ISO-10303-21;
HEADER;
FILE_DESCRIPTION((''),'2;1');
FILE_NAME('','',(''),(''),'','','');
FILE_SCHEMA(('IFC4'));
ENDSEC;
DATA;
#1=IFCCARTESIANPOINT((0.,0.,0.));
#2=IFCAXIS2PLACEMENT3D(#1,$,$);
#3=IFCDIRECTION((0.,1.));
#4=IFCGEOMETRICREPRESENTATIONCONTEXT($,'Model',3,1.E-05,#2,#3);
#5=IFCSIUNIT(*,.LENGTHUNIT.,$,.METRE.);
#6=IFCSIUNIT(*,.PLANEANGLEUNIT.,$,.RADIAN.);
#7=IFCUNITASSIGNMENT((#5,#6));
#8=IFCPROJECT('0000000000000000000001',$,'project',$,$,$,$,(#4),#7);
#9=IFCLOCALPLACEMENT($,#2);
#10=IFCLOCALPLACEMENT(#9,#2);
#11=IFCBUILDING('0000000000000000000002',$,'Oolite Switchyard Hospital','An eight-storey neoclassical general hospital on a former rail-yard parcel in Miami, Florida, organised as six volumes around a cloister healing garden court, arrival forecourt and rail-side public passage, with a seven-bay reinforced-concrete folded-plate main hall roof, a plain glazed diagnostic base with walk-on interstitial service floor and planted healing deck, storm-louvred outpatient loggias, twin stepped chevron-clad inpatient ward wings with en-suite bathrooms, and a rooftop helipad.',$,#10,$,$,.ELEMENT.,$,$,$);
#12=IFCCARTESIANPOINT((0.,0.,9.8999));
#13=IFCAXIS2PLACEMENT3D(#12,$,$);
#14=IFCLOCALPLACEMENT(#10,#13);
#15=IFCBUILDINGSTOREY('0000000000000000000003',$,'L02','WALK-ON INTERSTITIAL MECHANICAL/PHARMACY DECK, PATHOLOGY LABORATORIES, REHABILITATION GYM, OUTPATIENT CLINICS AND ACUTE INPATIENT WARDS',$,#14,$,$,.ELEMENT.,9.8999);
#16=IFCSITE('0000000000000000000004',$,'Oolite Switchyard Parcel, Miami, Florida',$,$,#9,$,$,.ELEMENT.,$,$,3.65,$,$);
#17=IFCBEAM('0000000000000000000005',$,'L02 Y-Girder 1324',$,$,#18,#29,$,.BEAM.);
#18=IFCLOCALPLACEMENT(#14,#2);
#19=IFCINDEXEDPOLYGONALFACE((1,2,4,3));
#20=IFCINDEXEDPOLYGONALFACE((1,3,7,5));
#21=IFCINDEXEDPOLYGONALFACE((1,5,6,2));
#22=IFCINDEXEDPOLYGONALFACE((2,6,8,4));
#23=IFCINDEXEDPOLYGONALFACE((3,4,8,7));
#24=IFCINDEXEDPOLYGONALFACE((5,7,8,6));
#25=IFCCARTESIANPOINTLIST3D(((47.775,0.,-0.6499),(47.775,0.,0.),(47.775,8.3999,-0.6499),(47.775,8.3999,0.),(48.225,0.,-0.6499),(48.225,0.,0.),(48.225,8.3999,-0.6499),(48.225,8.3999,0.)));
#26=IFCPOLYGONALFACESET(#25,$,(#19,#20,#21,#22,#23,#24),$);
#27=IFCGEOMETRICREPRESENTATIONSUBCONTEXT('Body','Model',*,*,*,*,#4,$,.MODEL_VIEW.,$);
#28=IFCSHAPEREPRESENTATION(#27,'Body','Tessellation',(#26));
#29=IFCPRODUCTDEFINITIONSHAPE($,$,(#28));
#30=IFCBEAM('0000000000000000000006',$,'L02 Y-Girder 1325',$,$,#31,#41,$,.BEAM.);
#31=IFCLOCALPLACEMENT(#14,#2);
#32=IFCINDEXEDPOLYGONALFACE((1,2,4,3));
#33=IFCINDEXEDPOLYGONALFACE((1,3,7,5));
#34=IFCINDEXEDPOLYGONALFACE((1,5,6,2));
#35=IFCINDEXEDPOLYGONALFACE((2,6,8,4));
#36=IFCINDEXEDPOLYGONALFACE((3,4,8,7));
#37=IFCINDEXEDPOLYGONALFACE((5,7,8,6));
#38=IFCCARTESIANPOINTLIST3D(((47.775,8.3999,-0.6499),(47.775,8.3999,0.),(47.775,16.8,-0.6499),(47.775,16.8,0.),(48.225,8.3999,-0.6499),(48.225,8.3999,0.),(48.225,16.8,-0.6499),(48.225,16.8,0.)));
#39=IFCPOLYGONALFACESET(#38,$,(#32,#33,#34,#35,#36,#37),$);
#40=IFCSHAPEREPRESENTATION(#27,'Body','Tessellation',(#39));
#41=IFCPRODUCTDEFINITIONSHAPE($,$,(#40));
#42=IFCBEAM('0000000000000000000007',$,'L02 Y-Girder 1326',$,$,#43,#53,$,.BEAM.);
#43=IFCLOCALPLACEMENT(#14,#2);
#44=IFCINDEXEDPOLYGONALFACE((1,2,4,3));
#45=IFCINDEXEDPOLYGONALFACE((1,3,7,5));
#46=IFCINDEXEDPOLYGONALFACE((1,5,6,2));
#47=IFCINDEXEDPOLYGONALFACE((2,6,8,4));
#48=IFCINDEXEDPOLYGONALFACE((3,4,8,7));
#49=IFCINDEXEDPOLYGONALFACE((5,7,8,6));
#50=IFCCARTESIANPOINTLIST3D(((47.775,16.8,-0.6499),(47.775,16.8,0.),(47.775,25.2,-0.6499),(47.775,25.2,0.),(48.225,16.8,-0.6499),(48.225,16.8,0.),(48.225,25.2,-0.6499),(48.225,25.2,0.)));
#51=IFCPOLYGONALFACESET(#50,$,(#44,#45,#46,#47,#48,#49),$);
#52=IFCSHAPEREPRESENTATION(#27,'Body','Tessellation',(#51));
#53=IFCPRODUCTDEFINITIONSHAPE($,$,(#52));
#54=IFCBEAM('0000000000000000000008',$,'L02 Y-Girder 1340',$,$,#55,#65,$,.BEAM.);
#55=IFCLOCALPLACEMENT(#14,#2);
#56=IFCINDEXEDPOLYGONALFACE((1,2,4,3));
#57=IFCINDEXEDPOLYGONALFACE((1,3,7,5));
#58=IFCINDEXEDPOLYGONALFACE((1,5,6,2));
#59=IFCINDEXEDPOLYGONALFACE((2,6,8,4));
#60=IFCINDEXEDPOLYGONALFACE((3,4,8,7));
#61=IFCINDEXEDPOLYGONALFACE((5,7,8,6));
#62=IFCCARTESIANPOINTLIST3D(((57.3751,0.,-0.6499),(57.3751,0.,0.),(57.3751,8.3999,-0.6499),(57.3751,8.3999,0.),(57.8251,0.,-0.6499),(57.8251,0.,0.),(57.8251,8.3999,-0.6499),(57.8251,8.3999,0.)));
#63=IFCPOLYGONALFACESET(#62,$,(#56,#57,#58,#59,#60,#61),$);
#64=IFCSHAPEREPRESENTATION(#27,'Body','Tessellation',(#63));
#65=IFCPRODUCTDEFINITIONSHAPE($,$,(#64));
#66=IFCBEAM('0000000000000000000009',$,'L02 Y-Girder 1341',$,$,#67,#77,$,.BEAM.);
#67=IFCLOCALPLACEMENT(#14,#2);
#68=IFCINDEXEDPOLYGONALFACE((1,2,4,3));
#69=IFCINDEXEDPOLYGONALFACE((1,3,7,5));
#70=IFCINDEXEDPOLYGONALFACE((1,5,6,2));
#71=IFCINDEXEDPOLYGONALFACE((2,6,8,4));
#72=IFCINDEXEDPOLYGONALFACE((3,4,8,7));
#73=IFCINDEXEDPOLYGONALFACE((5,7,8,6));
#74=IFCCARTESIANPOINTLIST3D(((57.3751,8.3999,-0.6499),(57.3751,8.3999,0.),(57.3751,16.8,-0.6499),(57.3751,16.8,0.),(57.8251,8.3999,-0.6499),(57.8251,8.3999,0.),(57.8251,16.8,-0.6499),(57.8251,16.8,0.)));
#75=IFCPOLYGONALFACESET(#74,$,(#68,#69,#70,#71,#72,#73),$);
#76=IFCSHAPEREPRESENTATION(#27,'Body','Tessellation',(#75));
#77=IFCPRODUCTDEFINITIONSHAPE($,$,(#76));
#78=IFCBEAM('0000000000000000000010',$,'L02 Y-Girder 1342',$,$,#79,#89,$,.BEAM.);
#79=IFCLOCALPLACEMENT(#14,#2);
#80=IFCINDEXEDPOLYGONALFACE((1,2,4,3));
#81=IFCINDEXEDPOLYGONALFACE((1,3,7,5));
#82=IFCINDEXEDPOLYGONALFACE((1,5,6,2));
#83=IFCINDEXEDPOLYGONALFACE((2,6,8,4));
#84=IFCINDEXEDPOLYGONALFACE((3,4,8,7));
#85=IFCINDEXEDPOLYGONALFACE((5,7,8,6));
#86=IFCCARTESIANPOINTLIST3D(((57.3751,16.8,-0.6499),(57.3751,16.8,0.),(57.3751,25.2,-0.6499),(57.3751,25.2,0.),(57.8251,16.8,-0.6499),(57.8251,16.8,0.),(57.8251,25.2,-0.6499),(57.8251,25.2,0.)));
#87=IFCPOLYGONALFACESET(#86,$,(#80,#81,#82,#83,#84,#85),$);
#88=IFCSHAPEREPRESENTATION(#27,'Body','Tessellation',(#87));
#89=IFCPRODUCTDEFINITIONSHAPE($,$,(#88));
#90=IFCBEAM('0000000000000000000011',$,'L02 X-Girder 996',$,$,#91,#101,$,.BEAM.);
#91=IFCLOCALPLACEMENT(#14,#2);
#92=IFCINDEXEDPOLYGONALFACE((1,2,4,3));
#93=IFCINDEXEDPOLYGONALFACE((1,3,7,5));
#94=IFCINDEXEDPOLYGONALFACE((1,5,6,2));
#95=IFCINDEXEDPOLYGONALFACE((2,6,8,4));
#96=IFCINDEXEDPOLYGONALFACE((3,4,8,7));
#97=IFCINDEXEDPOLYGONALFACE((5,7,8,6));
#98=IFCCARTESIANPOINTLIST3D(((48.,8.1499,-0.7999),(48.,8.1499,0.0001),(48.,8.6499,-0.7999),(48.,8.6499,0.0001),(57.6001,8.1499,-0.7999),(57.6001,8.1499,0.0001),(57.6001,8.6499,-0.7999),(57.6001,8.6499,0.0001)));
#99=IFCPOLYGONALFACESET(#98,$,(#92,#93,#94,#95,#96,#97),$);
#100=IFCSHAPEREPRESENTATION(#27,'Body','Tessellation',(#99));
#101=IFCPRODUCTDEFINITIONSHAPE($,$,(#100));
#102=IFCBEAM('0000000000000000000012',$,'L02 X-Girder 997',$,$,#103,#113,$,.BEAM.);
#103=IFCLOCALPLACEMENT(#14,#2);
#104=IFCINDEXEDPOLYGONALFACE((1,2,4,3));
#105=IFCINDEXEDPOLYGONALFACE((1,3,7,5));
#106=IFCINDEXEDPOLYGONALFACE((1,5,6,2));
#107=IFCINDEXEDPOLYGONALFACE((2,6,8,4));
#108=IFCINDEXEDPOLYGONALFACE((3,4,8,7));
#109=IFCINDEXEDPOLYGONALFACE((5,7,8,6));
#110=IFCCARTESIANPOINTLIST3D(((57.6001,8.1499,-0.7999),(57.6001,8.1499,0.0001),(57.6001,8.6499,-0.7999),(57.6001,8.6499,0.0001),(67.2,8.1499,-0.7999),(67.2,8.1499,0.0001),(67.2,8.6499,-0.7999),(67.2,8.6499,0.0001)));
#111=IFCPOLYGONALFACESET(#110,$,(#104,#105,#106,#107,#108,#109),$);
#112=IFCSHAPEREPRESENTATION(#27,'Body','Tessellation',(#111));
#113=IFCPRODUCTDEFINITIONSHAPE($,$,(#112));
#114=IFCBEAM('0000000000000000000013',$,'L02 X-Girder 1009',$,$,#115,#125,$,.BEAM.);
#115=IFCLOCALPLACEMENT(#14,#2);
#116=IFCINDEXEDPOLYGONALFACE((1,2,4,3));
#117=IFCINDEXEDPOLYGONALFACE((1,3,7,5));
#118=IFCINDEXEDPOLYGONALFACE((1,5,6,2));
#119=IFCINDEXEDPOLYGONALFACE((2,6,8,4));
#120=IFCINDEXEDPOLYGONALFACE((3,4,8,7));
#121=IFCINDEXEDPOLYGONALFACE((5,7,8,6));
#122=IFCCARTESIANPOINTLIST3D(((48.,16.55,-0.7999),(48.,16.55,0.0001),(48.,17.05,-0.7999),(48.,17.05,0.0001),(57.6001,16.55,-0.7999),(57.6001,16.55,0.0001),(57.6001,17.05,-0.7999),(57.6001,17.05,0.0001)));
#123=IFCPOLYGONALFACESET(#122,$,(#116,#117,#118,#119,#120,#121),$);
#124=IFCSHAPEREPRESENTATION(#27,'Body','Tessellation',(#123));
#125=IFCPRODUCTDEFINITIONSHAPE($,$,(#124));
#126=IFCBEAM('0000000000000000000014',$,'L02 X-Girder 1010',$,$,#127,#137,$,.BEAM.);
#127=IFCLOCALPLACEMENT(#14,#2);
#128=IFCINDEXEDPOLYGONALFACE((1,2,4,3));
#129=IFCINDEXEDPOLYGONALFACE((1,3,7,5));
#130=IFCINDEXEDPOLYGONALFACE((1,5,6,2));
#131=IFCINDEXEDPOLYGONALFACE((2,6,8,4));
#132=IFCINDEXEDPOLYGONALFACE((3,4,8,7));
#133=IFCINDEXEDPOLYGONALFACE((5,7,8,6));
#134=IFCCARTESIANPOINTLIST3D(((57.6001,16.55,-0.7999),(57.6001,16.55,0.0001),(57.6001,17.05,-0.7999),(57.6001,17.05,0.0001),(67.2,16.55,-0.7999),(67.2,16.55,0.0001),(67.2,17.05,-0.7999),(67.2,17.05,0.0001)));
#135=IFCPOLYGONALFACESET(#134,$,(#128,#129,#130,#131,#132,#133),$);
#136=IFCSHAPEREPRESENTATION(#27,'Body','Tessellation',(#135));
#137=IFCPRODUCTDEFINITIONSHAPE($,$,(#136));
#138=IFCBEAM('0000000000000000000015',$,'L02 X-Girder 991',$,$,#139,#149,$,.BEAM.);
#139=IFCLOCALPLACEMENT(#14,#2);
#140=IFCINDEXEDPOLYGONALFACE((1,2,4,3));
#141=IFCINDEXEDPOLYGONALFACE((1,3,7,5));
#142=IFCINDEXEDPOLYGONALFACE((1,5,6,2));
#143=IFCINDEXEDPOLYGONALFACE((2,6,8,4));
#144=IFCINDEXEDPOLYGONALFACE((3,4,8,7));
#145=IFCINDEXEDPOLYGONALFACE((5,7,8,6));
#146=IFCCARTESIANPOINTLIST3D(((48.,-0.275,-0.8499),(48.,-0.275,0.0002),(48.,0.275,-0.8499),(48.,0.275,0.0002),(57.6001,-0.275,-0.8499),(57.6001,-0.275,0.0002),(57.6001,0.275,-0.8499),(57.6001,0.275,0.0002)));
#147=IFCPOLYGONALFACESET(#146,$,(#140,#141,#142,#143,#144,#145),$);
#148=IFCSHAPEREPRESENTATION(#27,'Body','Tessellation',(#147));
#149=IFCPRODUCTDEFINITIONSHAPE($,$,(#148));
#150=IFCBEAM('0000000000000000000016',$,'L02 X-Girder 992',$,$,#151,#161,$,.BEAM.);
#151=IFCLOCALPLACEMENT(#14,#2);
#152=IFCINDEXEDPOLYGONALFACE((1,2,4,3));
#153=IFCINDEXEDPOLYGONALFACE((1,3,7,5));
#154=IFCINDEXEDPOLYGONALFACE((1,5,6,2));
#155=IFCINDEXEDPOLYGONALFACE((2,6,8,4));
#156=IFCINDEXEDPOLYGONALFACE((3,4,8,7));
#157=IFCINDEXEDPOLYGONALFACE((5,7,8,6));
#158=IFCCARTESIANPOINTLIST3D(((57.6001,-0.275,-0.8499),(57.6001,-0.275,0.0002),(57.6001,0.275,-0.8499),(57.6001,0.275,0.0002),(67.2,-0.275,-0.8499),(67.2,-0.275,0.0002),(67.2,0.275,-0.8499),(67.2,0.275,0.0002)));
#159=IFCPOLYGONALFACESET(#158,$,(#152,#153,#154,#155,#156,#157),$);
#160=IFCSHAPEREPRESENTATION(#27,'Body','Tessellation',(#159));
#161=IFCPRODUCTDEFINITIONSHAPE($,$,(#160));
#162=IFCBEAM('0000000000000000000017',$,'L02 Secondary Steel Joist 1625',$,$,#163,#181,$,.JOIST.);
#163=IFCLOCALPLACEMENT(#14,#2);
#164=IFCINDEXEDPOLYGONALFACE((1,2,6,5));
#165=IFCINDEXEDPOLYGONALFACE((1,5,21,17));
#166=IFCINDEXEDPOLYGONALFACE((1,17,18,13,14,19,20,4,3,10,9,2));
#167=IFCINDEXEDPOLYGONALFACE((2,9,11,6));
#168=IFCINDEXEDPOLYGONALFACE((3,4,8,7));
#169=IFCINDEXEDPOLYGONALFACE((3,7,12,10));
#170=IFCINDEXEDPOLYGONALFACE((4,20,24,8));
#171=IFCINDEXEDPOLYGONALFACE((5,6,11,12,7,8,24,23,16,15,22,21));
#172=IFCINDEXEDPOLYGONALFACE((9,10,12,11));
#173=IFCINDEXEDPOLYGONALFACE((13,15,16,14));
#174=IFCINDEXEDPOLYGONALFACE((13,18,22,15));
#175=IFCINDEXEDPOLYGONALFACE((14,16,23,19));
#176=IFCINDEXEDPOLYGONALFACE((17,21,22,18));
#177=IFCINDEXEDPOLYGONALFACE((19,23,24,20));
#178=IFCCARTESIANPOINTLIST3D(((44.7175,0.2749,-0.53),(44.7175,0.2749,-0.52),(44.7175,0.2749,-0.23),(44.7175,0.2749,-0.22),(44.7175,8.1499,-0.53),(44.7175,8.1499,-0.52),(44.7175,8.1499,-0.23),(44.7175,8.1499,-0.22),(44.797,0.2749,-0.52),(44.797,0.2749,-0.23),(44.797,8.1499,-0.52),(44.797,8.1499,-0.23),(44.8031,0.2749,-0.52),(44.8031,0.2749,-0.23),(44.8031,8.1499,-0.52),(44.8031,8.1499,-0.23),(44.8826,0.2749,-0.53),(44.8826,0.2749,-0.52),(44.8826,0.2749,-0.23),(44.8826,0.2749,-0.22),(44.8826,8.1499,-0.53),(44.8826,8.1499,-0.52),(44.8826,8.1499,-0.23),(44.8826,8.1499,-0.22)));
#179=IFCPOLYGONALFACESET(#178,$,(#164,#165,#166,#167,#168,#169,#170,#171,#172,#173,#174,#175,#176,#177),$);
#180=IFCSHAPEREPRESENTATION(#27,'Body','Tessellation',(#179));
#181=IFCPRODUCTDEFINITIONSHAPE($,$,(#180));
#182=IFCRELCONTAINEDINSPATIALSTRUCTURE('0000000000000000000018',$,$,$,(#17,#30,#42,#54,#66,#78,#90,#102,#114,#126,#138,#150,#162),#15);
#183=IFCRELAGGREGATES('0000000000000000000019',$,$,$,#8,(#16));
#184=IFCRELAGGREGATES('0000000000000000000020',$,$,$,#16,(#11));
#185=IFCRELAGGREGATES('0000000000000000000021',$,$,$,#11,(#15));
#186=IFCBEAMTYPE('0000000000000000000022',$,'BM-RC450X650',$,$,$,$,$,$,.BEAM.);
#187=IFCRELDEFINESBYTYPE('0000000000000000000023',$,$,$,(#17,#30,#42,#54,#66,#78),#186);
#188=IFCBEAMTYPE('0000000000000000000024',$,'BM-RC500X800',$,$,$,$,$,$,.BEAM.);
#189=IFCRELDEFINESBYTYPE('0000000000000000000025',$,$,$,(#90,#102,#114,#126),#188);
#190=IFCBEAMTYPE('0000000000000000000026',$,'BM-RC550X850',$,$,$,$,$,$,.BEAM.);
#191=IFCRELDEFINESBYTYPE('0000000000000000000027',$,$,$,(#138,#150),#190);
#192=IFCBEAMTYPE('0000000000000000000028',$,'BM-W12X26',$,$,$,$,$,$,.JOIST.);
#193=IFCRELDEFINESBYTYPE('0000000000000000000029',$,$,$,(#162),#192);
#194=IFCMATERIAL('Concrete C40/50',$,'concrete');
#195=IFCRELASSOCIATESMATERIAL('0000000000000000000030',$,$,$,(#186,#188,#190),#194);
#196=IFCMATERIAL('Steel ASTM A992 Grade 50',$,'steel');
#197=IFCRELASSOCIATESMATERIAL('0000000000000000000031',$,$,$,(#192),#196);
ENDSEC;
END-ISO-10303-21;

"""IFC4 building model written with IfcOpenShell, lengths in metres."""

from ifc_helpers import new_model, si_unit, direction, frame, origin, origin_2d, place, context, subcontext, project, spatial, rectangle, i_section, extrude, material, material_profile, profile_set, type_object, element, save


model = new_model("IFC4")

# Units and contexts
model_context = context("Model", 3, precision=1e-05, world=origin(), true_north=direction((0.0, 1.0)))
body_context = subcontext(model_context, "Body", "Model", "MODEL_VIEW")
ifc_project = project(units=[si_unit("LENGTHUNIT", "METRE"), si_unit("PLANEANGLEUNIT", "RADIAN")], contexts=[model_context])

# Site, building, storey
site_placement = place(None, origin())
site = spatial("IfcSite", under=ifc_project, at=site_placement, Name="Oolite Switchyard Parcel, Miami, Florida", CompositionType="ELEMENT", RefElevation=3.65)
building_placement = place(site_placement, origin())
building = spatial("IfcBuilding", under=site, at=building_placement, Name="Oolite Switchyard Hospital", Description="An eight-storey neoclassical general hospital on a former rail-yard parcel in Miami, Florida, organised as six volumes around a cloister healing garden court, arrival forecourt and rail-side public passage, with a seven-bay reinforced-concrete folded-plate main hall roof, a plain glazed diagnostic base with walk-on interstitial service floor and planted healing deck, storm-louvred outpatient loggias, twin stepped chevron-clad inpatient ward wings with en-suite bathrooms, and a rooftop helipad.", CompositionType="ELEMENT")
storey_placement = place(building_placement, frame((0.0, 0.0, 9.8999)))
storey = spatial("IfcBuildingStorey", under=building, at=storey_placement, Name="L02", Description="WALK-ON INTERSTITIAL MECHANICAL/PHARMACY DECK, PATHOLOGY LABORATORIES, REHABILITATION GYM, OUTPATIENT CLINICS AND ACUTE INPATIENT WARDS", CompositionType="ELEMENT", Elevation=9.8999)

# Beams
ifc_material_1 = material(Name="Concrete C40/50", Category="concrete")
ifc_material_profile_1 = material_profile(ifc_material_1, rectangle(XDim=0.45, YDim=0.6499, at=origin_2d()), Name="RCB450X650")
ifc_profile_set_1 = profile_set([ifc_material_profile_1], Name="Concrete C40/50")
beam_type_1 = type_object("IfcBeamType", Name="BM-RC450X650", PredefinedType="BEAM", material=ifc_profile_set_1)
beam_1_placement = place(storey_placement, frame((48.0, 0.0, -0.325), z_axis=(0.0, 1.0, 0.0), x_axis=(-1.0, 0.0, 0.0)))
element("IfcBeam", 1, at=beam_1_placement, inside=storey, type_object=beam_type_1, Name="L02 Y-Girder 1324", PredefinedType="BEAM", context=body_context, shape_type="SweptSolid", body=[
    extrude(rectangle(XDim=0.45, YDim=0.6499, at=origin_2d()), origin(), (0.0, 0.0, 1.0), 8.3999),
])
beam_2_placement = place(storey_placement, frame((48.0, 8.3999, -0.325), z_axis=(0.0, 1.0, 0.0), x_axis=(-1.0, 0.0, 0.0)))
element("IfcBeam", 2, at=beam_2_placement, inside=storey, type_object=beam_type_1, Name="L02 Y-Girder 1325", PredefinedType="BEAM", context=body_context, shape_type="SweptSolid", body=[
    extrude(rectangle(XDim=0.45, YDim=0.6499, at=origin_2d()), origin(), (0.0, 0.0, 1.0), 8.4001),
])
for number, where, z_axis, x_axis, name in (
    (3, (48.0, 16.8, -0.325), (0.0, 1.0, 0.0), (-1.0, 0.0, 0.0), "L02 Y-Girder 1326"),
    (4, (57.6001, 0.0, -0.325), (0.0, 1.0, 0.0), (-1.0, 0.0, 0.0), "L02 Y-Girder 1340"),
):
    element("IfcBeam", number, at=place(storey_placement, frame(where, z_axis=z_axis, x_axis=x_axis)), inside=storey, type_object=beam_type_1, Name=name, PredefinedType="BEAM", context=body_context, shape_type="SweptSolid", body=[
        extrude(rectangle(XDim=0.45, YDim=0.6499, at=origin_2d()), origin(), (0.0, 0.0, 1.0), 8.3999),
    ])
beam_3_placement = place(storey_placement, frame((57.6001, 8.3999, -0.325), z_axis=(0.0, 1.0, 0.0), x_axis=(-1.0, 0.0, 0.0)))
element("IfcBeam", 5, at=beam_3_placement, inside=storey, type_object=beam_type_1, Name="L02 Y-Girder 1341", PredefinedType="BEAM", context=body_context, shape_type="SweptSolid", body=[
    extrude(rectangle(XDim=0.45, YDim=0.6499, at=origin_2d()), origin(), (0.0, 0.0, 1.0), 8.4001),
])
beam_4_placement = place(storey_placement, frame((57.6001, 16.8, -0.325), z_axis=(0.0, 1.0, 0.0), x_axis=(-1.0, 0.0, 0.0)))
element("IfcBeam", 6, at=beam_4_placement, inside=storey, type_object=beam_type_1, Name="L02 Y-Girder 1342", PredefinedType="BEAM", context=body_context, shape_type="SweptSolid", body=[
    extrude(rectangle(XDim=0.45, YDim=0.6499, at=origin_2d()), origin(), (0.0, 0.0, 1.0), 8.3999),
])
ifc_material_profile_2 = material_profile(ifc_material_1, rectangle(XDim=0.5, YDim=0.8, at=origin_2d()), Name="RCB500X800")
ifc_profile_set_2 = profile_set([ifc_material_profile_2], Name="Concrete C40/50")
beam_type_2 = type_object("IfcBeamType", Name="BM-RC500X800", PredefinedType="BEAM", material=ifc_profile_set_2)
beam_5_placement = place(storey_placement, frame((48.0, 8.3999, -0.3999), z_axis=(1.0, 0.0, 0.0), x_axis=(0.0, 1.0, 0.0)))
element("IfcBeam", 7, at=beam_5_placement, inside=storey, type_object=beam_type_2, Name="L02 X-Girder 996", PredefinedType="BEAM", context=body_context, shape_type="SweptSolid", body=[
    extrude(rectangle(XDim=0.5, YDim=0.8, at=origin_2d()), origin(), (0.0, 0.0, 1.0), 9.6001),
])
beam_6_placement = place(storey_placement, frame((57.6001, 8.3999, -0.3999), z_axis=(1.0, 0.0, 0.0), x_axis=(0.0, 1.0, 0.0)))
element("IfcBeam", 8, at=beam_6_placement, inside=storey, type_object=beam_type_2, Name="L02 X-Girder 997", PredefinedType="BEAM", context=body_context, shape_type="SweptSolid", body=[
    extrude(rectangle(XDim=0.5, YDim=0.8, at=origin_2d()), origin(), (0.0, 0.0, 1.0), 9.5999),
])
beam_7_placement = place(storey_placement, frame((48.0, 16.8, -0.3999), z_axis=(1.0, 0.0, 0.0), x_axis=(0.0, 1.0, 0.0)))
element("IfcBeam", 9, at=beam_7_placement, inside=storey, type_object=beam_type_2, Name="L02 X-Girder 1009", PredefinedType="BEAM", context=body_context, shape_type="SweptSolid", body=[
    extrude(rectangle(XDim=0.5, YDim=0.8, at=origin_2d()), origin(), (0.0, 0.0, 1.0), 9.6001),
])
beam_8_placement = place(storey_placement, frame((57.6001, 16.8, -0.3999), z_axis=(1.0, 0.0, 0.0), x_axis=(0.0, 1.0, 0.0)))
element("IfcBeam", 10, at=beam_8_placement, inside=storey, type_object=beam_type_2, Name="L02 X-Girder 1010", PredefinedType="BEAM", context=body_context, shape_type="SweptSolid", body=[
    extrude(rectangle(XDim=0.5, YDim=0.8, at=origin_2d()), origin(), (0.0, 0.0, 1.0), 9.5999),
])
ifc_material_profile_3 = material_profile(ifc_material_1, rectangle(XDim=0.55, YDim=0.8501, at=origin_2d()), Name="RCB550X850")
ifc_profile_set_3 = profile_set([ifc_material_profile_3], Name="Concrete C40/50")
beam_type_3 = type_object("IfcBeamType", Name="BM-RC550X850", PredefinedType="BEAM", material=ifc_profile_set_3)
beam_9_placement = place(storey_placement, frame((48.0, 0.0, -0.4248), z_axis=(1.0, 0.0, 0.0), x_axis=(0.0, 1.0, 0.0)))
element("IfcBeam", 11, at=beam_9_placement, inside=storey, type_object=beam_type_3, Name="L02 X-Girder 991", PredefinedType="BEAM", context=body_context, shape_type="SweptSolid", body=[
    extrude(rectangle(XDim=0.55, YDim=0.8501, at=origin_2d()), origin(), (0.0, 0.0, 1.0), 9.6001),
])
beam_10_placement = place(storey_placement, frame((57.6001, 0.0, -0.4248), z_axis=(1.0, 0.0, 0.0), x_axis=(0.0, 1.0, 0.0)))
element("IfcBeam", 12, at=beam_10_placement, inside=storey, type_object=beam_type_3, Name="L02 X-Girder 992", PredefinedType="BEAM", context=body_context, shape_type="SweptSolid", body=[
    extrude(rectangle(XDim=0.55, YDim=0.8501, at=origin_2d()), origin(), (0.0, 0.0, 1.0), 9.5999),
])
ifc_material_2 = material(Name="Steel ASTM A992 Grade 50", Category="steel")
ifc_material_profile_4 = material_profile(ifc_material_2, i_section(OverallWidth=0.165, OverallDepth=0.3101, WebThickness=0.0061, FlangeThickness=0.01, at=origin_2d()), Name="W12X26")
ifc_profile_set_4 = profile_set([ifc_material_profile_4], Name="Steel ASTM A992 Grade 50")
beam_type_4 = type_object("IfcBeamType", Name="BM-W12X26", PredefinedType="JOIST", material=ifc_profile_set_4)
for number, where, z_axis, x_axis, name in (
    (13, (44.8, 0.2749, -0.375), (0.0, 1.0, 0.0), (-1.0, 0.0, 0.0), "L02 Secondary Steel Joist 1625"),
):
    element("IfcBeam", number, at=place(storey_placement, frame(where, z_axis=z_axis, x_axis=x_axis)), inside=storey, type_object=beam_type_4, Name=name, PredefinedType="JOIST", context=body_context, shape_type="SweptSolid", body=[
        extrude(i_section(OverallWidth=0.165, OverallDepth=0.3101, WebThickness=0.0061, FlangeThickness=0.01, at=origin_2d()), origin(), (0.0, 0.0, 1.0), 7.875),
    ])

save(model, "model.ifc")
